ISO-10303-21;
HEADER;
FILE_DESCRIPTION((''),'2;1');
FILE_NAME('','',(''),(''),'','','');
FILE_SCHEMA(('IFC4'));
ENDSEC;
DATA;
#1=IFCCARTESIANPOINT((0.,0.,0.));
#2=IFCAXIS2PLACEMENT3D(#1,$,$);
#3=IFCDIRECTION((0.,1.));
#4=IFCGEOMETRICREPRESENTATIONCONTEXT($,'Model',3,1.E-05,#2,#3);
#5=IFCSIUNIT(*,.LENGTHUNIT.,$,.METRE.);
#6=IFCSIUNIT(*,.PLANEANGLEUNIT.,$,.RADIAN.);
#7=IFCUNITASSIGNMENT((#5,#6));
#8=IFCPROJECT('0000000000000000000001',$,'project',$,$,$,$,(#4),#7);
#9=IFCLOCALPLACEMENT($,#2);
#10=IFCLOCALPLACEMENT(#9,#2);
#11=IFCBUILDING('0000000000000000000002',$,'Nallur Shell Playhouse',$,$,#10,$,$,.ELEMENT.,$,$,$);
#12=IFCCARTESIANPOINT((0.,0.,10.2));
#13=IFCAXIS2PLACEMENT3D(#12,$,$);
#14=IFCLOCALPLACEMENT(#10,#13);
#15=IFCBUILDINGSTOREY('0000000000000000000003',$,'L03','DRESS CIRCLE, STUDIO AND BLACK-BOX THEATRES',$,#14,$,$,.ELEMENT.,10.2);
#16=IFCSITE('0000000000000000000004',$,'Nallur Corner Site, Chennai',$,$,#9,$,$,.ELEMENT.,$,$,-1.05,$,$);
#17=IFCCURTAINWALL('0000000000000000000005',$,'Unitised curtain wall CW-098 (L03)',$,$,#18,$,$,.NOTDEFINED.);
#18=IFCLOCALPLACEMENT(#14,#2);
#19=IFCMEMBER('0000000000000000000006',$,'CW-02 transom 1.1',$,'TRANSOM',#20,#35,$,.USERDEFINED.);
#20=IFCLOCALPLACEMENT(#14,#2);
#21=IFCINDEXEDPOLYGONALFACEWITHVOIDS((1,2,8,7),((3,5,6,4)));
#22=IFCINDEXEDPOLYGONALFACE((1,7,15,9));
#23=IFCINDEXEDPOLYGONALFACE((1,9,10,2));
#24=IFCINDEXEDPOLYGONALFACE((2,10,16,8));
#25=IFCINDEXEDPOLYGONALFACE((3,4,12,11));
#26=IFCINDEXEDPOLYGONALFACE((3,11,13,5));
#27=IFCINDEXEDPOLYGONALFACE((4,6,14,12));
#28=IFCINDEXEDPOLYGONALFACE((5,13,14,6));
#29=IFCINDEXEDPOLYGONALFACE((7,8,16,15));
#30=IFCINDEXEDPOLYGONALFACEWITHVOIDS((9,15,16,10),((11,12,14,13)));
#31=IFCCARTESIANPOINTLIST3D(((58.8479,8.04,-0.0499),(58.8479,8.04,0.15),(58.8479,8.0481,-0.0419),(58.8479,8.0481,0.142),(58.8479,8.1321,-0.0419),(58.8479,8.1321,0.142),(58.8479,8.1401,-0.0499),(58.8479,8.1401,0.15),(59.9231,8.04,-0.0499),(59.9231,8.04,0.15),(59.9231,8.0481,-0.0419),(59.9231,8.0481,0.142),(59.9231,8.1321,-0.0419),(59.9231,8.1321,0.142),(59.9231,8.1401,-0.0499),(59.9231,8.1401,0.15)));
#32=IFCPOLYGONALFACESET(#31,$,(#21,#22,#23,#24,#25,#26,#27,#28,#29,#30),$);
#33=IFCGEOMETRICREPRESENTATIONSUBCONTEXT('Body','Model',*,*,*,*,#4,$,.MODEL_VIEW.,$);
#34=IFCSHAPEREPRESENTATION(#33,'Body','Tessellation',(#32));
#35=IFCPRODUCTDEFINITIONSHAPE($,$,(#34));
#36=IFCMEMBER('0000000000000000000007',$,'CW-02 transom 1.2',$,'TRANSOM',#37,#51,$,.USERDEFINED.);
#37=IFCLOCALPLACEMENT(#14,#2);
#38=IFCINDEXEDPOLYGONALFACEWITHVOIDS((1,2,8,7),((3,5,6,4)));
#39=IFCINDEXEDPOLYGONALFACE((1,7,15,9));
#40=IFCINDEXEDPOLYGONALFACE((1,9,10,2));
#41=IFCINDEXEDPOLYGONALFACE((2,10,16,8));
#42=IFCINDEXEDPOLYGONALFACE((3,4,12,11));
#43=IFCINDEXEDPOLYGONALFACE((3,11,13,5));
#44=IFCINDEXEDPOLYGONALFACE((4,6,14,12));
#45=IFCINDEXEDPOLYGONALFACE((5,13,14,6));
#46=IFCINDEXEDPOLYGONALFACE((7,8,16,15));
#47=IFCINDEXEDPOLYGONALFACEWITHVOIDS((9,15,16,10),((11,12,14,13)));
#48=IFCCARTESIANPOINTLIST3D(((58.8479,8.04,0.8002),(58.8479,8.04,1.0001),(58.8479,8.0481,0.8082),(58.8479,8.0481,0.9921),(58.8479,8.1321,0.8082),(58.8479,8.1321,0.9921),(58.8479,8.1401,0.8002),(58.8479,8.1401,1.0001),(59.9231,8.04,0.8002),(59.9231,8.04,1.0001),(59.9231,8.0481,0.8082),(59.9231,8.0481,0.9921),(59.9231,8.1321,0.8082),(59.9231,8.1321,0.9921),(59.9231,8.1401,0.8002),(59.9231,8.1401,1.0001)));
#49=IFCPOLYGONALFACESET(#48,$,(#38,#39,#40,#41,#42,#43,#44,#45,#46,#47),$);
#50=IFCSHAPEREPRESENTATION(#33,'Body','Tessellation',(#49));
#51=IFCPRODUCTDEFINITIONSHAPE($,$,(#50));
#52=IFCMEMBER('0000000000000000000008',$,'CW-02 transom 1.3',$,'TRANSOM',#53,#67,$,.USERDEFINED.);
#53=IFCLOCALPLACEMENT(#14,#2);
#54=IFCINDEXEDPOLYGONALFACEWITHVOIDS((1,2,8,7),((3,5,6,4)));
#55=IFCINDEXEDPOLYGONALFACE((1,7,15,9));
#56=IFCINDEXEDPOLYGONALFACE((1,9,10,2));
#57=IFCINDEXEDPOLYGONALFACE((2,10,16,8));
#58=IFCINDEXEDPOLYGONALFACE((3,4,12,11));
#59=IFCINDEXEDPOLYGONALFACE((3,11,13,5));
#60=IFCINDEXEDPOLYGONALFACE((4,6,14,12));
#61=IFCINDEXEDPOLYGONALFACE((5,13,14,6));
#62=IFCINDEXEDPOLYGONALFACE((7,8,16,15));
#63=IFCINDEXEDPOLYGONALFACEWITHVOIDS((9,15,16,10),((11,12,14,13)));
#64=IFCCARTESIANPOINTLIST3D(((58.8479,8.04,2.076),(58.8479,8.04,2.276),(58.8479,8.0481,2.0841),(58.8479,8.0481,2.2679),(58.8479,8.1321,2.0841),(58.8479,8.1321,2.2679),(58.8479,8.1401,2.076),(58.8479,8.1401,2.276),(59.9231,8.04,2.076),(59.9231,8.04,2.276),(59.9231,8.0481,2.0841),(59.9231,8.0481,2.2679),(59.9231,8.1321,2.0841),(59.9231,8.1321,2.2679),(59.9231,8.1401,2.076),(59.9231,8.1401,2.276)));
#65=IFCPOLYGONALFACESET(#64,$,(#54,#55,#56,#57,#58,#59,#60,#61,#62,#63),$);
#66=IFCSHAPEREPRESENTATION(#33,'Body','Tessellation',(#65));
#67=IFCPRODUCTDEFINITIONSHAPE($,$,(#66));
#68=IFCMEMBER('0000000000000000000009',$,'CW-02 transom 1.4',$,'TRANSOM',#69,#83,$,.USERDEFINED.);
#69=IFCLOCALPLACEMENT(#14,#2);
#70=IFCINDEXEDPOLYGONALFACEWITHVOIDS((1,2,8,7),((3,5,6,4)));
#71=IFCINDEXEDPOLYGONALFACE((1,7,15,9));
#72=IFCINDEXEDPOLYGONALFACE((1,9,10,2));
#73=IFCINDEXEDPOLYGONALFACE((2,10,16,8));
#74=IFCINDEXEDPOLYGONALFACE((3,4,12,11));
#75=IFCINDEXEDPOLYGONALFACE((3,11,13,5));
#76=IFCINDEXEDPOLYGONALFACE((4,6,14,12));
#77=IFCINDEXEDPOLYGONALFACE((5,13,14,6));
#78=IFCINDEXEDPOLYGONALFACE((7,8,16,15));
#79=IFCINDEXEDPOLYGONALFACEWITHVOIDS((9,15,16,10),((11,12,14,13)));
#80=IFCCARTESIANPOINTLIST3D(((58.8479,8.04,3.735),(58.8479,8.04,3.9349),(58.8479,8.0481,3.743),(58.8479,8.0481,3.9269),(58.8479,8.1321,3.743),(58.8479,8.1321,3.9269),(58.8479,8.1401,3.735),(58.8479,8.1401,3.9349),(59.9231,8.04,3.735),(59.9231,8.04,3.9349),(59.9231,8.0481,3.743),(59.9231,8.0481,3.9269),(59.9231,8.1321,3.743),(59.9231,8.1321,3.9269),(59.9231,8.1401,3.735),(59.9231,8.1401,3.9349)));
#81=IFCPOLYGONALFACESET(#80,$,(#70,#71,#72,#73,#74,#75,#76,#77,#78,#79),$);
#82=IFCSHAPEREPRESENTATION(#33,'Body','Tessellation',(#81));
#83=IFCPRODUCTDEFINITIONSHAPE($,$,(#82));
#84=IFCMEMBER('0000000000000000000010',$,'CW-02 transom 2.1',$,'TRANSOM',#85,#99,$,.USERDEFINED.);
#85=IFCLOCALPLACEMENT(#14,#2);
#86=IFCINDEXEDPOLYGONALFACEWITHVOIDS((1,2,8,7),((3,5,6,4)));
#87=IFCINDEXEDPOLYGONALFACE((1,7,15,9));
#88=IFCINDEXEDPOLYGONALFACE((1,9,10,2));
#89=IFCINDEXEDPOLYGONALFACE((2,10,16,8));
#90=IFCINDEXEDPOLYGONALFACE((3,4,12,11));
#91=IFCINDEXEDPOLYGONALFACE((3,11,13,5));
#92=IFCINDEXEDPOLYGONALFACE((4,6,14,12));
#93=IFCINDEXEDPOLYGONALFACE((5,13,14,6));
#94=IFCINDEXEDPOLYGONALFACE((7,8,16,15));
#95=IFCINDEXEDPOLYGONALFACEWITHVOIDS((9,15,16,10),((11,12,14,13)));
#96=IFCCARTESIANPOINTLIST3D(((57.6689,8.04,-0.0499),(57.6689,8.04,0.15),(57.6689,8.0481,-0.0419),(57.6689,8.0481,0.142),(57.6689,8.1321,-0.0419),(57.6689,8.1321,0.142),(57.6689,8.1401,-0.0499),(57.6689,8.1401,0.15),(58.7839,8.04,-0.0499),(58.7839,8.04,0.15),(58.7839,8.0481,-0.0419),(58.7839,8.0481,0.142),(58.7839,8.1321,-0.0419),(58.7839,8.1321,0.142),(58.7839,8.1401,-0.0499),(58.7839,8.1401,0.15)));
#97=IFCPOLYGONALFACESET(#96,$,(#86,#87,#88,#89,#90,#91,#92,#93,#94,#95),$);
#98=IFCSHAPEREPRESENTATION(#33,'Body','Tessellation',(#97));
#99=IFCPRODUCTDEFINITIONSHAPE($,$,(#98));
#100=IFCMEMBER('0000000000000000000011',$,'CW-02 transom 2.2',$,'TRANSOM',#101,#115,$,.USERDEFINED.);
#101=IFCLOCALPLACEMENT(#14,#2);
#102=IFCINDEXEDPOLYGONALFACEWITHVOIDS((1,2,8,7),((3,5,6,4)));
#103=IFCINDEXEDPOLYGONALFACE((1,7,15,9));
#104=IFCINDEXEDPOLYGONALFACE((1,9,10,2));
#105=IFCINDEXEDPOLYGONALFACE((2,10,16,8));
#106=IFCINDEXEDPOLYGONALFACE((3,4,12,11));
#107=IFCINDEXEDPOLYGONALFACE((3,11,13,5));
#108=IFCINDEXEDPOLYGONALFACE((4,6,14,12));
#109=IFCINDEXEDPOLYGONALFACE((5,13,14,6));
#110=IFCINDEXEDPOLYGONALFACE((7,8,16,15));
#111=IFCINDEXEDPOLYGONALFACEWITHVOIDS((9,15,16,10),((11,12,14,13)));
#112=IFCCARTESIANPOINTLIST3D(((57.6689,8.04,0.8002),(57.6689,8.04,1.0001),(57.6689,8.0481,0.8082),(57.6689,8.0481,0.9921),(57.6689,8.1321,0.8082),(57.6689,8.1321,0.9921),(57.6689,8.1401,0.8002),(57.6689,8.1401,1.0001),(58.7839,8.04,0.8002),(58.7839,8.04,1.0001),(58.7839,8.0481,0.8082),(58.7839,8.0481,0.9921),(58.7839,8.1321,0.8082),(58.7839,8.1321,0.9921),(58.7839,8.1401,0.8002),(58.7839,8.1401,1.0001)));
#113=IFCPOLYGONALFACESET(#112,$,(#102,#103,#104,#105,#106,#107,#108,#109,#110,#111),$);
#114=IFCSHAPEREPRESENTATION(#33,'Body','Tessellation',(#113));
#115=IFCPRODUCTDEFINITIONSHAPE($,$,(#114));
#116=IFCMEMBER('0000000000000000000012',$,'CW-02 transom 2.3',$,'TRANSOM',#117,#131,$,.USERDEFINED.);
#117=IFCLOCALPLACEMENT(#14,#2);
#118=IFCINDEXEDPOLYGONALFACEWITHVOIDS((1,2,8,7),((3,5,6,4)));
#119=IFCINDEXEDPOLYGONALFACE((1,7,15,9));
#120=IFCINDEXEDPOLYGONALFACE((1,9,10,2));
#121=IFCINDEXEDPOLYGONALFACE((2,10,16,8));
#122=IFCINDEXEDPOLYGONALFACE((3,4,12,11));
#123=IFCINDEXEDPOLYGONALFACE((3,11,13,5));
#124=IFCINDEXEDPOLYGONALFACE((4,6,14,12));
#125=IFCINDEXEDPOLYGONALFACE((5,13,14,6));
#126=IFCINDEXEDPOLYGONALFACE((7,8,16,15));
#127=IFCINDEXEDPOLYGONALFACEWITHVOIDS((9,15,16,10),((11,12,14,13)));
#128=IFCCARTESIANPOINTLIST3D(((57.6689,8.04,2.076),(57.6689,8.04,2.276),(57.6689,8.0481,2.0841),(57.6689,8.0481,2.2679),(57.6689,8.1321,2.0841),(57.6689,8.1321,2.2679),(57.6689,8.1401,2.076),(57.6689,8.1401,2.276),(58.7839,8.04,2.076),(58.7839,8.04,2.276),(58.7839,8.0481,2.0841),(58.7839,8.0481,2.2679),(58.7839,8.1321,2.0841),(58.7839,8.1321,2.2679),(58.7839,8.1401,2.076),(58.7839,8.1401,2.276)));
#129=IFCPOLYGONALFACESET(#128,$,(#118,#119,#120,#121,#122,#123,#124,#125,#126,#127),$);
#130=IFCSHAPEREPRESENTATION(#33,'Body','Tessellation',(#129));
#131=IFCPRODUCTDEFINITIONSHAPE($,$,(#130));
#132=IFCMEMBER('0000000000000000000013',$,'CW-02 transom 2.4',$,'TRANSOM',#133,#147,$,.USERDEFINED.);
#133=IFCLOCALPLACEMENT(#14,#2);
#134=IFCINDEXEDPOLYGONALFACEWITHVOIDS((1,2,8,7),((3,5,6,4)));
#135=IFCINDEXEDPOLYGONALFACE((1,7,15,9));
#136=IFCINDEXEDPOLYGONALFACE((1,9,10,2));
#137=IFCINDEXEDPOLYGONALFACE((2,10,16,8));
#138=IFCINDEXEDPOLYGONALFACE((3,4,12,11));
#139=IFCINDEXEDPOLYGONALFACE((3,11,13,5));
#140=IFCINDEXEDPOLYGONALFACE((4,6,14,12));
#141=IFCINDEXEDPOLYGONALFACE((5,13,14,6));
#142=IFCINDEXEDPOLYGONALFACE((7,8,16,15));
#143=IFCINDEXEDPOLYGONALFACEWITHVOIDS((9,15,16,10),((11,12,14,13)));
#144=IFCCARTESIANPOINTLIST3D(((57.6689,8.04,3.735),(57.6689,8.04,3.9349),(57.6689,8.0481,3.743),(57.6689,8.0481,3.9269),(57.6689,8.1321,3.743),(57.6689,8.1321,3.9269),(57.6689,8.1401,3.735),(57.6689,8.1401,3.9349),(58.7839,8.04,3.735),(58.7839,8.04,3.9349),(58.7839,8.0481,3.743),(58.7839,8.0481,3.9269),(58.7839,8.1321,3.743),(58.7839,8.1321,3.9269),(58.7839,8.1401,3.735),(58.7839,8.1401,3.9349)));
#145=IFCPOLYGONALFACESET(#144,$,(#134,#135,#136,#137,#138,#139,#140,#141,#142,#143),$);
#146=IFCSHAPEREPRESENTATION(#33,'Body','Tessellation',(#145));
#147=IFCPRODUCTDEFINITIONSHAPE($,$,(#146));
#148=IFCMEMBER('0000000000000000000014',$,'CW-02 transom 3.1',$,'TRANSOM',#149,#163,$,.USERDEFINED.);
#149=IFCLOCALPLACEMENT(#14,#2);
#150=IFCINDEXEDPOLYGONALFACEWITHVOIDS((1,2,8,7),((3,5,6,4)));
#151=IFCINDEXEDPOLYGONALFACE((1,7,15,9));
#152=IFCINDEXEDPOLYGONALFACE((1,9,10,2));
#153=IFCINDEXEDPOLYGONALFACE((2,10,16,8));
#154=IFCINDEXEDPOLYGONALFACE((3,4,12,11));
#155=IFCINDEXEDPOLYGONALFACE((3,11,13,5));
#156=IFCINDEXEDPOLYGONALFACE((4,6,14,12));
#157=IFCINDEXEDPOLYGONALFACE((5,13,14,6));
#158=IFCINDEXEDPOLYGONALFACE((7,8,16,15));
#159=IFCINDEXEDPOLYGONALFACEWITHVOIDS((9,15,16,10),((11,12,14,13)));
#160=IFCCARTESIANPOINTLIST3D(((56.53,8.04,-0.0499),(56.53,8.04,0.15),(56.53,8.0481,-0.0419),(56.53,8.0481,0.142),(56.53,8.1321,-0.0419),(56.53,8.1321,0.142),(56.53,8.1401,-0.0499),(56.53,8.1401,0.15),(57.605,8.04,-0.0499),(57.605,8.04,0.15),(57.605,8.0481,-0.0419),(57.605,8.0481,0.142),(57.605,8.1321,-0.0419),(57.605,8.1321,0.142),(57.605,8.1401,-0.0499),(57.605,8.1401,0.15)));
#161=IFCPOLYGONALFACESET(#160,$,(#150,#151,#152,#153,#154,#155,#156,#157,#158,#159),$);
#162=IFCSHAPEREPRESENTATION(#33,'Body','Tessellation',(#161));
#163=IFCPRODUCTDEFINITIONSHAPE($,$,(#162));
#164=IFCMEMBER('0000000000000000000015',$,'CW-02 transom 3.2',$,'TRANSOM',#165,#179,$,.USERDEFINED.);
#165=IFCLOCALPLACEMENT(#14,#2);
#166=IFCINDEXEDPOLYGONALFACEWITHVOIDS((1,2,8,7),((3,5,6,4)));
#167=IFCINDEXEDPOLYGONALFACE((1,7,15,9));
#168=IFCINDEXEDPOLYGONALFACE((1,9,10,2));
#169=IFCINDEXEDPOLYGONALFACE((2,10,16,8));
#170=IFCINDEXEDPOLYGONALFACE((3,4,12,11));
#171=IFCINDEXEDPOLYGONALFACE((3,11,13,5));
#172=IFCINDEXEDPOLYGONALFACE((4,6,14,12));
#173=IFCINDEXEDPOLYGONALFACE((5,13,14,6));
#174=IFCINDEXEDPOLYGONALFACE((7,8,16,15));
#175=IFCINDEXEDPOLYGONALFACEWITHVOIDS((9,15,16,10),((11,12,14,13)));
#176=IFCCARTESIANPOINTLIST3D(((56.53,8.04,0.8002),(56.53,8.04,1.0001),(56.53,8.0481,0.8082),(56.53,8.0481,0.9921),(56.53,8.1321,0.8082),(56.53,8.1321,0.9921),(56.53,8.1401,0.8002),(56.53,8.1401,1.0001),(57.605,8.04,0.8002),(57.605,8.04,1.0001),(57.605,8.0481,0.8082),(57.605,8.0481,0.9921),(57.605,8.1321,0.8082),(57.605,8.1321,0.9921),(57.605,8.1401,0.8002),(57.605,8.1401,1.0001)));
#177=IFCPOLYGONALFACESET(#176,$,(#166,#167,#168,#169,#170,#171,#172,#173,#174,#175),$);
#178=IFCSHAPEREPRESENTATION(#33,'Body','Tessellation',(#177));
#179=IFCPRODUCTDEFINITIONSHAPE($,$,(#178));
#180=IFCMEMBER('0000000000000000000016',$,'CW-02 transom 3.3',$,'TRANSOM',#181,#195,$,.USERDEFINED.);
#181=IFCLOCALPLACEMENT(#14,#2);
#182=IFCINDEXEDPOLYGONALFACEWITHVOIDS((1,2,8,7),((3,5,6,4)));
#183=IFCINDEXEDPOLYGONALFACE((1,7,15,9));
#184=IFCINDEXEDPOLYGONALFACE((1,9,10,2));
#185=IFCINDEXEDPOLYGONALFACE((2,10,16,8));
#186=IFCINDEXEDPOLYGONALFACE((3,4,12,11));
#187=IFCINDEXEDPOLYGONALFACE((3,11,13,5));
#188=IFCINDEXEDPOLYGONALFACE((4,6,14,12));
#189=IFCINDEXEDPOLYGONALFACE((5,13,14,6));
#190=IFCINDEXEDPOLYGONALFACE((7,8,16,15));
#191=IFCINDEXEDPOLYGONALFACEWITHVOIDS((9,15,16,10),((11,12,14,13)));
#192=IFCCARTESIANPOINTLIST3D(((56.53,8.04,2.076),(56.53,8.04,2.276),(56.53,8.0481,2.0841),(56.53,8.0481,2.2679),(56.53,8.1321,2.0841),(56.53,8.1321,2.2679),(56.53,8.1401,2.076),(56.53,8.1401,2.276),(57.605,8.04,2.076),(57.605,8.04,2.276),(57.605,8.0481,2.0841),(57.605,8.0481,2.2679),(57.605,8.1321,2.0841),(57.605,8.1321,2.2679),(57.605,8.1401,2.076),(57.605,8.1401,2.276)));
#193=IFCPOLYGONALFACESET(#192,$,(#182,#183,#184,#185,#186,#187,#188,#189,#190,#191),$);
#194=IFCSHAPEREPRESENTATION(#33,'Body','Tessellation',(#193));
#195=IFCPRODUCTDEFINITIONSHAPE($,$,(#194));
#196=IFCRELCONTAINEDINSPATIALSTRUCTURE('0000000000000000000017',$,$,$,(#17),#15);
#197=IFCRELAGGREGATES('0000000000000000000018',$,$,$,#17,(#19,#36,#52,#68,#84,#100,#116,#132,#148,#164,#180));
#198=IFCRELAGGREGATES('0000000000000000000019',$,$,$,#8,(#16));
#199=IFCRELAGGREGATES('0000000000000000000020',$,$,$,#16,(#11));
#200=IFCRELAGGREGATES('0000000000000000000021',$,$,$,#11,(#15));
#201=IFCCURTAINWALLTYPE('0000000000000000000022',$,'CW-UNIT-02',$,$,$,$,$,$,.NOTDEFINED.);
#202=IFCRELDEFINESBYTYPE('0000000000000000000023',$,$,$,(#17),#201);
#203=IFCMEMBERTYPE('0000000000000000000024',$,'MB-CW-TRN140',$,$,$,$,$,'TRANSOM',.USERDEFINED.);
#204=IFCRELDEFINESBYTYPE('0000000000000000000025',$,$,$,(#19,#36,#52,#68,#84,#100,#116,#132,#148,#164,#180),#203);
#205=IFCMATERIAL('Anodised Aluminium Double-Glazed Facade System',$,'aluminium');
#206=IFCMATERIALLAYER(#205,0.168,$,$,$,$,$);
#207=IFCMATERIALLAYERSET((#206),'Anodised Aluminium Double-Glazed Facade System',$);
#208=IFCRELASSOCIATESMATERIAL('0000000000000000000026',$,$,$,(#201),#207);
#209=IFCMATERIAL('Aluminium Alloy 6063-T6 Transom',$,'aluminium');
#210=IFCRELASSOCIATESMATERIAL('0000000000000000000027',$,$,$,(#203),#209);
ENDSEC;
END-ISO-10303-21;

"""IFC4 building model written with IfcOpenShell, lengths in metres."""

from ifc_helpers import new_model, si_unit, direction, frame, origin, origin_2d, place, context, subcontext, project, spatial, hollow_rectangle, extrude, material, layer, layer_set, material_profile, profile_set, type_object, element, aggregate, save


model = new_model("IFC4")

# Units and contexts
model_context = context("Model", 3, precision=1e-05, world=origin(), true_north=direction((0.0, 1.0)))
body_context = subcontext(model_context, "Body", "Model", "MODEL_VIEW")
ifc_project = project(units=[si_unit("LENGTHUNIT", "METRE"), si_unit("PLANEANGLEUNIT", "RADIAN")], contexts=[model_context])

# Site, building, storey
site_placement = place(None, origin())
site = spatial("IfcSite", under=ifc_project, at=site_placement, Name="Nallur Corner Site, Chennai", CompositionType="ELEMENT", RefElevation=-1.05)
building_placement = place(site_placement, origin())
building = spatial("IfcBuilding", under=site, at=building_placement, Name="Nallur Shell Playhouse", CompositionType="ELEMENT")
storey_placement = place(building_placement, frame((0.0, 0.0, 10.2)))
storey = spatial("IfcBuildingStorey", under=building, at=storey_placement, Name="L03", Description="DRESS CIRCLE, STUDIO AND BLACK-BOX THEATRES", CompositionType="ELEMENT", Elevation=10.2)

# Curtain wall, members
ifc_material_1 = material(Name="Anodised Aluminium Double-Glazed Facade System", Category="aluminium")
ifc_layer_1 = layer(ifc_material_1, 0.168)
ifc_layer_set_1 = layer_set([ifc_layer_1], Name="Anodised Aluminium Double-Glazed Facade System")
curtain_wall_type = type_object("IfcCurtainWallType", Name="CW-UNIT-02", PredefinedType="NOTDEFINED", material=ifc_layer_set_1)
curtain_wall_placement = place(storey_placement, origin())
curtain_wall = element("IfcCurtainWall", 1, at=curtain_wall_placement, inside=storey, type_object=curtain_wall_type, Name="Unitised curtain wall CW-098 (L03)", PredefinedType="NOTDEFINED")
ifc_material_2 = material(Name="Aluminium Alloy 6063-T6 Transom", Category="aluminium")
ifc_material_profile_1 = material_profile(ifc_material_2, hollow_rectangle(XDim=0.1001, YDim=0.2, WallThickness=0.0081, at=origin_2d()), Name="RHS 200x100x8")
ifc_profile_set_1 = profile_set([ifc_material_profile_1], Name="Aluminium Alloy 6063-T6 Transom")
member_type_1 = type_object("IfcMemberType", Name="MB-CW-TRN140", ElementType="TRANSOM", PredefinedType="USERDEFINED", material=ifc_profile_set_1)
member_1_placement = place(storey_placement, frame((59.9231, 8.0901, 0.05), z_axis=(-1.0, 0.0, 0.0), x_axis=(0.0, -1.0, 0.0)))
member_1 = element("IfcMember", 2, at=member_1_placement, type_object=member_type_1, Name="CW-02 transom 1.1", ObjectType="TRANSOM", PredefinedType="USERDEFINED", context=body_context, shape_type="SweptSolid", body=[
    extrude(hollow_rectangle(XDim=0.1001, YDim=0.2, WallThickness=0.0081, at=origin_2d()), origin(), (0.0, 0.0, 1.0), 1.0752),
])
member_2_placement = place(storey_placement, frame((59.9231, 8.0901, 0.9001), z_axis=(-1.0, 0.0, 0.0), x_axis=(0.0, -1.0, 0.0)))
member_2 = element("IfcMember", 3, at=member_2_placement, type_object=member_type_1, Name="CW-02 transom 1.2", ObjectType="TRANSOM", PredefinedType="USERDEFINED", context=body_context, shape_type="SweptSolid", body=[
    extrude(hollow_rectangle(XDim=0.1001, YDim=0.2, WallThickness=0.0081, at=origin_2d()), origin(), (0.0, 0.0, 1.0), 1.0752),
])
member_3_placement = place(storey_placement, frame((59.9231, 8.0901, 2.176), z_axis=(-1.0, 0.0, 0.0), x_axis=(0.0, -1.0, 0.0)))
member_3 = element("IfcMember", 4, at=member_3_placement, type_object=member_type_1, Name="CW-02 transom 1.3", ObjectType="TRANSOM", PredefinedType="USERDEFINED", context=body_context, shape_type="SweptSolid", body=[
    extrude(hollow_rectangle(XDim=0.1001, YDim=0.2, WallThickness=0.0081, at=origin_2d()), origin(), (0.0, 0.0, 1.0), 1.0752),
])
member_4_placement = place(storey_placement, frame((59.9231, 8.0901, 3.835), z_axis=(-1.0, 0.0, 0.0), x_axis=(0.0, -1.0, 0.0)))
member_4 = element("IfcMember", 5, at=member_4_placement, type_object=member_type_1, Name="CW-02 transom 1.4", ObjectType="TRANSOM", PredefinedType="USERDEFINED", context=body_context, shape_type="SweptSolid", body=[
    extrude(hollow_rectangle(XDim=0.1001, YDim=0.2, WallThickness=0.0081, at=origin_2d()), origin(), (0.0, 0.0, 1.0), 1.0752),
])
member_5_placement = place(storey_placement, frame((58.7839, 8.0901, 0.05), z_axis=(-1.0, 0.0, 0.0), x_axis=(0.0, -1.0, 0.0)))
member_5 = element("IfcMember", 6, at=member_5_placement, type_object=member_type_1, Name="CW-02 transom 2.1", ObjectType="TRANSOM", PredefinedType="USERDEFINED", context=body_context, shape_type="SweptSolid", body=[
    extrude(hollow_rectangle(XDim=0.1001, YDim=0.2, WallThickness=0.0081, at=origin_2d()), origin(), (0.0, 0.0, 1.0), 1.115),
])
member_6_placement = place(storey_placement, frame((58.7839, 8.0901, 0.9001), z_axis=(-1.0, 0.0, 0.0), x_axis=(0.0, -1.0, 0.0)))
member_6 = element("IfcMember", 7, at=member_6_placement, type_object=member_type_1, Name="CW-02 transom 2.2", ObjectType="TRANSOM", PredefinedType="USERDEFINED", context=body_context, shape_type="SweptSolid", body=[
    extrude(hollow_rectangle(XDim=0.1001, YDim=0.2, WallThickness=0.0081, at=origin_2d()), origin(), (0.0, 0.0, 1.0), 1.115),
])
member_7_placement = place(storey_placement, frame((58.7839, 8.0901, 2.176), z_axis=(-1.0, 0.0, 0.0), x_axis=(0.0, -1.0, 0.0)))
member_7 = element("IfcMember", 8, at=member_7_placement, type_object=member_type_1, Name="CW-02 transom 2.3", ObjectType="TRANSOM", PredefinedType="USERDEFINED", context=body_context, shape_type="SweptSolid", body=[
    extrude(hollow_rectangle(XDim=0.1001, YDim=0.2, WallThickness=0.0081, at=origin_2d()), origin(), (0.0, 0.0, 1.0), 1.115),
])
member_8_placement = place(storey_placement, frame((58.7839, 8.0901, 3.835), z_axis=(-1.0, 0.0, 0.0), x_axis=(0.0, -1.0, 0.0)))
member_8 = element("IfcMember", 9, at=member_8_placement, type_object=member_type_1, Name="CW-02 transom 2.4", ObjectType="TRANSOM", PredefinedType="USERDEFINED", context=body_context, shape_type="SweptSolid", body=[
    extrude(hollow_rectangle(XDim=0.1001, YDim=0.2, WallThickness=0.0081, at=origin_2d()), origin(), (0.0, 0.0, 1.0), 1.115),
])
member_9_placement = place(storey_placement, frame((57.605, 8.0901, 0.05), z_axis=(-1.0, 0.0, 0.0), x_axis=(0.0, -1.0, 0.0)))
member_9 = element("IfcMember", 10, at=member_9_placement, type_object=member_type_1, Name="CW-02 transom 3.1", ObjectType="TRANSOM", PredefinedType="USERDEFINED", context=body_context, shape_type="SweptSolid", body=[
    extrude(hollow_rectangle(XDim=0.1001, YDim=0.2, WallThickness=0.0081, at=origin_2d()), origin(), (0.0, 0.0, 1.0), 1.075),
])
member_10_placement = place(storey_placement, frame((57.605, 8.0901, 0.9001), z_axis=(-1.0, 0.0, 0.0), x_axis=(0.0, -1.0, 0.0)))
member_10 = element("IfcMember", 11, at=member_10_placement, type_object=member_type_1, Name="CW-02 transom 3.2", ObjectType="TRANSOM", PredefinedType="USERDEFINED", context=body_context, shape_type="SweptSolid", body=[
    extrude(hollow_rectangle(XDim=0.1001, YDim=0.2, WallThickness=0.0081, at=origin_2d()), origin(), (0.0, 0.0, 1.0), 1.075),
])
member_11_placement = place(storey_placement, frame((57.605, 8.0901, 2.176), z_axis=(-1.0, 0.0, 0.0), x_axis=(0.0, -1.0, 0.0)))
member_11 = element("IfcMember", 12, at=member_11_placement, type_object=member_type_1, Name="CW-02 transom 3.3", ObjectType="TRANSOM", PredefinedType="USERDEFINED", context=body_context, shape_type="SweptSolid", body=[
    extrude(hollow_rectangle(XDim=0.1001, YDim=0.2, WallThickness=0.0081, at=origin_2d()), origin(), (0.0, 0.0, 1.0), 1.075),
])

aggregate(curtain_wall, [member_1, member_2, member_3, member_4, member_5, member_6, member_7, member_8, member_9, member_10, member_11])

save(model, "model.ifc")
